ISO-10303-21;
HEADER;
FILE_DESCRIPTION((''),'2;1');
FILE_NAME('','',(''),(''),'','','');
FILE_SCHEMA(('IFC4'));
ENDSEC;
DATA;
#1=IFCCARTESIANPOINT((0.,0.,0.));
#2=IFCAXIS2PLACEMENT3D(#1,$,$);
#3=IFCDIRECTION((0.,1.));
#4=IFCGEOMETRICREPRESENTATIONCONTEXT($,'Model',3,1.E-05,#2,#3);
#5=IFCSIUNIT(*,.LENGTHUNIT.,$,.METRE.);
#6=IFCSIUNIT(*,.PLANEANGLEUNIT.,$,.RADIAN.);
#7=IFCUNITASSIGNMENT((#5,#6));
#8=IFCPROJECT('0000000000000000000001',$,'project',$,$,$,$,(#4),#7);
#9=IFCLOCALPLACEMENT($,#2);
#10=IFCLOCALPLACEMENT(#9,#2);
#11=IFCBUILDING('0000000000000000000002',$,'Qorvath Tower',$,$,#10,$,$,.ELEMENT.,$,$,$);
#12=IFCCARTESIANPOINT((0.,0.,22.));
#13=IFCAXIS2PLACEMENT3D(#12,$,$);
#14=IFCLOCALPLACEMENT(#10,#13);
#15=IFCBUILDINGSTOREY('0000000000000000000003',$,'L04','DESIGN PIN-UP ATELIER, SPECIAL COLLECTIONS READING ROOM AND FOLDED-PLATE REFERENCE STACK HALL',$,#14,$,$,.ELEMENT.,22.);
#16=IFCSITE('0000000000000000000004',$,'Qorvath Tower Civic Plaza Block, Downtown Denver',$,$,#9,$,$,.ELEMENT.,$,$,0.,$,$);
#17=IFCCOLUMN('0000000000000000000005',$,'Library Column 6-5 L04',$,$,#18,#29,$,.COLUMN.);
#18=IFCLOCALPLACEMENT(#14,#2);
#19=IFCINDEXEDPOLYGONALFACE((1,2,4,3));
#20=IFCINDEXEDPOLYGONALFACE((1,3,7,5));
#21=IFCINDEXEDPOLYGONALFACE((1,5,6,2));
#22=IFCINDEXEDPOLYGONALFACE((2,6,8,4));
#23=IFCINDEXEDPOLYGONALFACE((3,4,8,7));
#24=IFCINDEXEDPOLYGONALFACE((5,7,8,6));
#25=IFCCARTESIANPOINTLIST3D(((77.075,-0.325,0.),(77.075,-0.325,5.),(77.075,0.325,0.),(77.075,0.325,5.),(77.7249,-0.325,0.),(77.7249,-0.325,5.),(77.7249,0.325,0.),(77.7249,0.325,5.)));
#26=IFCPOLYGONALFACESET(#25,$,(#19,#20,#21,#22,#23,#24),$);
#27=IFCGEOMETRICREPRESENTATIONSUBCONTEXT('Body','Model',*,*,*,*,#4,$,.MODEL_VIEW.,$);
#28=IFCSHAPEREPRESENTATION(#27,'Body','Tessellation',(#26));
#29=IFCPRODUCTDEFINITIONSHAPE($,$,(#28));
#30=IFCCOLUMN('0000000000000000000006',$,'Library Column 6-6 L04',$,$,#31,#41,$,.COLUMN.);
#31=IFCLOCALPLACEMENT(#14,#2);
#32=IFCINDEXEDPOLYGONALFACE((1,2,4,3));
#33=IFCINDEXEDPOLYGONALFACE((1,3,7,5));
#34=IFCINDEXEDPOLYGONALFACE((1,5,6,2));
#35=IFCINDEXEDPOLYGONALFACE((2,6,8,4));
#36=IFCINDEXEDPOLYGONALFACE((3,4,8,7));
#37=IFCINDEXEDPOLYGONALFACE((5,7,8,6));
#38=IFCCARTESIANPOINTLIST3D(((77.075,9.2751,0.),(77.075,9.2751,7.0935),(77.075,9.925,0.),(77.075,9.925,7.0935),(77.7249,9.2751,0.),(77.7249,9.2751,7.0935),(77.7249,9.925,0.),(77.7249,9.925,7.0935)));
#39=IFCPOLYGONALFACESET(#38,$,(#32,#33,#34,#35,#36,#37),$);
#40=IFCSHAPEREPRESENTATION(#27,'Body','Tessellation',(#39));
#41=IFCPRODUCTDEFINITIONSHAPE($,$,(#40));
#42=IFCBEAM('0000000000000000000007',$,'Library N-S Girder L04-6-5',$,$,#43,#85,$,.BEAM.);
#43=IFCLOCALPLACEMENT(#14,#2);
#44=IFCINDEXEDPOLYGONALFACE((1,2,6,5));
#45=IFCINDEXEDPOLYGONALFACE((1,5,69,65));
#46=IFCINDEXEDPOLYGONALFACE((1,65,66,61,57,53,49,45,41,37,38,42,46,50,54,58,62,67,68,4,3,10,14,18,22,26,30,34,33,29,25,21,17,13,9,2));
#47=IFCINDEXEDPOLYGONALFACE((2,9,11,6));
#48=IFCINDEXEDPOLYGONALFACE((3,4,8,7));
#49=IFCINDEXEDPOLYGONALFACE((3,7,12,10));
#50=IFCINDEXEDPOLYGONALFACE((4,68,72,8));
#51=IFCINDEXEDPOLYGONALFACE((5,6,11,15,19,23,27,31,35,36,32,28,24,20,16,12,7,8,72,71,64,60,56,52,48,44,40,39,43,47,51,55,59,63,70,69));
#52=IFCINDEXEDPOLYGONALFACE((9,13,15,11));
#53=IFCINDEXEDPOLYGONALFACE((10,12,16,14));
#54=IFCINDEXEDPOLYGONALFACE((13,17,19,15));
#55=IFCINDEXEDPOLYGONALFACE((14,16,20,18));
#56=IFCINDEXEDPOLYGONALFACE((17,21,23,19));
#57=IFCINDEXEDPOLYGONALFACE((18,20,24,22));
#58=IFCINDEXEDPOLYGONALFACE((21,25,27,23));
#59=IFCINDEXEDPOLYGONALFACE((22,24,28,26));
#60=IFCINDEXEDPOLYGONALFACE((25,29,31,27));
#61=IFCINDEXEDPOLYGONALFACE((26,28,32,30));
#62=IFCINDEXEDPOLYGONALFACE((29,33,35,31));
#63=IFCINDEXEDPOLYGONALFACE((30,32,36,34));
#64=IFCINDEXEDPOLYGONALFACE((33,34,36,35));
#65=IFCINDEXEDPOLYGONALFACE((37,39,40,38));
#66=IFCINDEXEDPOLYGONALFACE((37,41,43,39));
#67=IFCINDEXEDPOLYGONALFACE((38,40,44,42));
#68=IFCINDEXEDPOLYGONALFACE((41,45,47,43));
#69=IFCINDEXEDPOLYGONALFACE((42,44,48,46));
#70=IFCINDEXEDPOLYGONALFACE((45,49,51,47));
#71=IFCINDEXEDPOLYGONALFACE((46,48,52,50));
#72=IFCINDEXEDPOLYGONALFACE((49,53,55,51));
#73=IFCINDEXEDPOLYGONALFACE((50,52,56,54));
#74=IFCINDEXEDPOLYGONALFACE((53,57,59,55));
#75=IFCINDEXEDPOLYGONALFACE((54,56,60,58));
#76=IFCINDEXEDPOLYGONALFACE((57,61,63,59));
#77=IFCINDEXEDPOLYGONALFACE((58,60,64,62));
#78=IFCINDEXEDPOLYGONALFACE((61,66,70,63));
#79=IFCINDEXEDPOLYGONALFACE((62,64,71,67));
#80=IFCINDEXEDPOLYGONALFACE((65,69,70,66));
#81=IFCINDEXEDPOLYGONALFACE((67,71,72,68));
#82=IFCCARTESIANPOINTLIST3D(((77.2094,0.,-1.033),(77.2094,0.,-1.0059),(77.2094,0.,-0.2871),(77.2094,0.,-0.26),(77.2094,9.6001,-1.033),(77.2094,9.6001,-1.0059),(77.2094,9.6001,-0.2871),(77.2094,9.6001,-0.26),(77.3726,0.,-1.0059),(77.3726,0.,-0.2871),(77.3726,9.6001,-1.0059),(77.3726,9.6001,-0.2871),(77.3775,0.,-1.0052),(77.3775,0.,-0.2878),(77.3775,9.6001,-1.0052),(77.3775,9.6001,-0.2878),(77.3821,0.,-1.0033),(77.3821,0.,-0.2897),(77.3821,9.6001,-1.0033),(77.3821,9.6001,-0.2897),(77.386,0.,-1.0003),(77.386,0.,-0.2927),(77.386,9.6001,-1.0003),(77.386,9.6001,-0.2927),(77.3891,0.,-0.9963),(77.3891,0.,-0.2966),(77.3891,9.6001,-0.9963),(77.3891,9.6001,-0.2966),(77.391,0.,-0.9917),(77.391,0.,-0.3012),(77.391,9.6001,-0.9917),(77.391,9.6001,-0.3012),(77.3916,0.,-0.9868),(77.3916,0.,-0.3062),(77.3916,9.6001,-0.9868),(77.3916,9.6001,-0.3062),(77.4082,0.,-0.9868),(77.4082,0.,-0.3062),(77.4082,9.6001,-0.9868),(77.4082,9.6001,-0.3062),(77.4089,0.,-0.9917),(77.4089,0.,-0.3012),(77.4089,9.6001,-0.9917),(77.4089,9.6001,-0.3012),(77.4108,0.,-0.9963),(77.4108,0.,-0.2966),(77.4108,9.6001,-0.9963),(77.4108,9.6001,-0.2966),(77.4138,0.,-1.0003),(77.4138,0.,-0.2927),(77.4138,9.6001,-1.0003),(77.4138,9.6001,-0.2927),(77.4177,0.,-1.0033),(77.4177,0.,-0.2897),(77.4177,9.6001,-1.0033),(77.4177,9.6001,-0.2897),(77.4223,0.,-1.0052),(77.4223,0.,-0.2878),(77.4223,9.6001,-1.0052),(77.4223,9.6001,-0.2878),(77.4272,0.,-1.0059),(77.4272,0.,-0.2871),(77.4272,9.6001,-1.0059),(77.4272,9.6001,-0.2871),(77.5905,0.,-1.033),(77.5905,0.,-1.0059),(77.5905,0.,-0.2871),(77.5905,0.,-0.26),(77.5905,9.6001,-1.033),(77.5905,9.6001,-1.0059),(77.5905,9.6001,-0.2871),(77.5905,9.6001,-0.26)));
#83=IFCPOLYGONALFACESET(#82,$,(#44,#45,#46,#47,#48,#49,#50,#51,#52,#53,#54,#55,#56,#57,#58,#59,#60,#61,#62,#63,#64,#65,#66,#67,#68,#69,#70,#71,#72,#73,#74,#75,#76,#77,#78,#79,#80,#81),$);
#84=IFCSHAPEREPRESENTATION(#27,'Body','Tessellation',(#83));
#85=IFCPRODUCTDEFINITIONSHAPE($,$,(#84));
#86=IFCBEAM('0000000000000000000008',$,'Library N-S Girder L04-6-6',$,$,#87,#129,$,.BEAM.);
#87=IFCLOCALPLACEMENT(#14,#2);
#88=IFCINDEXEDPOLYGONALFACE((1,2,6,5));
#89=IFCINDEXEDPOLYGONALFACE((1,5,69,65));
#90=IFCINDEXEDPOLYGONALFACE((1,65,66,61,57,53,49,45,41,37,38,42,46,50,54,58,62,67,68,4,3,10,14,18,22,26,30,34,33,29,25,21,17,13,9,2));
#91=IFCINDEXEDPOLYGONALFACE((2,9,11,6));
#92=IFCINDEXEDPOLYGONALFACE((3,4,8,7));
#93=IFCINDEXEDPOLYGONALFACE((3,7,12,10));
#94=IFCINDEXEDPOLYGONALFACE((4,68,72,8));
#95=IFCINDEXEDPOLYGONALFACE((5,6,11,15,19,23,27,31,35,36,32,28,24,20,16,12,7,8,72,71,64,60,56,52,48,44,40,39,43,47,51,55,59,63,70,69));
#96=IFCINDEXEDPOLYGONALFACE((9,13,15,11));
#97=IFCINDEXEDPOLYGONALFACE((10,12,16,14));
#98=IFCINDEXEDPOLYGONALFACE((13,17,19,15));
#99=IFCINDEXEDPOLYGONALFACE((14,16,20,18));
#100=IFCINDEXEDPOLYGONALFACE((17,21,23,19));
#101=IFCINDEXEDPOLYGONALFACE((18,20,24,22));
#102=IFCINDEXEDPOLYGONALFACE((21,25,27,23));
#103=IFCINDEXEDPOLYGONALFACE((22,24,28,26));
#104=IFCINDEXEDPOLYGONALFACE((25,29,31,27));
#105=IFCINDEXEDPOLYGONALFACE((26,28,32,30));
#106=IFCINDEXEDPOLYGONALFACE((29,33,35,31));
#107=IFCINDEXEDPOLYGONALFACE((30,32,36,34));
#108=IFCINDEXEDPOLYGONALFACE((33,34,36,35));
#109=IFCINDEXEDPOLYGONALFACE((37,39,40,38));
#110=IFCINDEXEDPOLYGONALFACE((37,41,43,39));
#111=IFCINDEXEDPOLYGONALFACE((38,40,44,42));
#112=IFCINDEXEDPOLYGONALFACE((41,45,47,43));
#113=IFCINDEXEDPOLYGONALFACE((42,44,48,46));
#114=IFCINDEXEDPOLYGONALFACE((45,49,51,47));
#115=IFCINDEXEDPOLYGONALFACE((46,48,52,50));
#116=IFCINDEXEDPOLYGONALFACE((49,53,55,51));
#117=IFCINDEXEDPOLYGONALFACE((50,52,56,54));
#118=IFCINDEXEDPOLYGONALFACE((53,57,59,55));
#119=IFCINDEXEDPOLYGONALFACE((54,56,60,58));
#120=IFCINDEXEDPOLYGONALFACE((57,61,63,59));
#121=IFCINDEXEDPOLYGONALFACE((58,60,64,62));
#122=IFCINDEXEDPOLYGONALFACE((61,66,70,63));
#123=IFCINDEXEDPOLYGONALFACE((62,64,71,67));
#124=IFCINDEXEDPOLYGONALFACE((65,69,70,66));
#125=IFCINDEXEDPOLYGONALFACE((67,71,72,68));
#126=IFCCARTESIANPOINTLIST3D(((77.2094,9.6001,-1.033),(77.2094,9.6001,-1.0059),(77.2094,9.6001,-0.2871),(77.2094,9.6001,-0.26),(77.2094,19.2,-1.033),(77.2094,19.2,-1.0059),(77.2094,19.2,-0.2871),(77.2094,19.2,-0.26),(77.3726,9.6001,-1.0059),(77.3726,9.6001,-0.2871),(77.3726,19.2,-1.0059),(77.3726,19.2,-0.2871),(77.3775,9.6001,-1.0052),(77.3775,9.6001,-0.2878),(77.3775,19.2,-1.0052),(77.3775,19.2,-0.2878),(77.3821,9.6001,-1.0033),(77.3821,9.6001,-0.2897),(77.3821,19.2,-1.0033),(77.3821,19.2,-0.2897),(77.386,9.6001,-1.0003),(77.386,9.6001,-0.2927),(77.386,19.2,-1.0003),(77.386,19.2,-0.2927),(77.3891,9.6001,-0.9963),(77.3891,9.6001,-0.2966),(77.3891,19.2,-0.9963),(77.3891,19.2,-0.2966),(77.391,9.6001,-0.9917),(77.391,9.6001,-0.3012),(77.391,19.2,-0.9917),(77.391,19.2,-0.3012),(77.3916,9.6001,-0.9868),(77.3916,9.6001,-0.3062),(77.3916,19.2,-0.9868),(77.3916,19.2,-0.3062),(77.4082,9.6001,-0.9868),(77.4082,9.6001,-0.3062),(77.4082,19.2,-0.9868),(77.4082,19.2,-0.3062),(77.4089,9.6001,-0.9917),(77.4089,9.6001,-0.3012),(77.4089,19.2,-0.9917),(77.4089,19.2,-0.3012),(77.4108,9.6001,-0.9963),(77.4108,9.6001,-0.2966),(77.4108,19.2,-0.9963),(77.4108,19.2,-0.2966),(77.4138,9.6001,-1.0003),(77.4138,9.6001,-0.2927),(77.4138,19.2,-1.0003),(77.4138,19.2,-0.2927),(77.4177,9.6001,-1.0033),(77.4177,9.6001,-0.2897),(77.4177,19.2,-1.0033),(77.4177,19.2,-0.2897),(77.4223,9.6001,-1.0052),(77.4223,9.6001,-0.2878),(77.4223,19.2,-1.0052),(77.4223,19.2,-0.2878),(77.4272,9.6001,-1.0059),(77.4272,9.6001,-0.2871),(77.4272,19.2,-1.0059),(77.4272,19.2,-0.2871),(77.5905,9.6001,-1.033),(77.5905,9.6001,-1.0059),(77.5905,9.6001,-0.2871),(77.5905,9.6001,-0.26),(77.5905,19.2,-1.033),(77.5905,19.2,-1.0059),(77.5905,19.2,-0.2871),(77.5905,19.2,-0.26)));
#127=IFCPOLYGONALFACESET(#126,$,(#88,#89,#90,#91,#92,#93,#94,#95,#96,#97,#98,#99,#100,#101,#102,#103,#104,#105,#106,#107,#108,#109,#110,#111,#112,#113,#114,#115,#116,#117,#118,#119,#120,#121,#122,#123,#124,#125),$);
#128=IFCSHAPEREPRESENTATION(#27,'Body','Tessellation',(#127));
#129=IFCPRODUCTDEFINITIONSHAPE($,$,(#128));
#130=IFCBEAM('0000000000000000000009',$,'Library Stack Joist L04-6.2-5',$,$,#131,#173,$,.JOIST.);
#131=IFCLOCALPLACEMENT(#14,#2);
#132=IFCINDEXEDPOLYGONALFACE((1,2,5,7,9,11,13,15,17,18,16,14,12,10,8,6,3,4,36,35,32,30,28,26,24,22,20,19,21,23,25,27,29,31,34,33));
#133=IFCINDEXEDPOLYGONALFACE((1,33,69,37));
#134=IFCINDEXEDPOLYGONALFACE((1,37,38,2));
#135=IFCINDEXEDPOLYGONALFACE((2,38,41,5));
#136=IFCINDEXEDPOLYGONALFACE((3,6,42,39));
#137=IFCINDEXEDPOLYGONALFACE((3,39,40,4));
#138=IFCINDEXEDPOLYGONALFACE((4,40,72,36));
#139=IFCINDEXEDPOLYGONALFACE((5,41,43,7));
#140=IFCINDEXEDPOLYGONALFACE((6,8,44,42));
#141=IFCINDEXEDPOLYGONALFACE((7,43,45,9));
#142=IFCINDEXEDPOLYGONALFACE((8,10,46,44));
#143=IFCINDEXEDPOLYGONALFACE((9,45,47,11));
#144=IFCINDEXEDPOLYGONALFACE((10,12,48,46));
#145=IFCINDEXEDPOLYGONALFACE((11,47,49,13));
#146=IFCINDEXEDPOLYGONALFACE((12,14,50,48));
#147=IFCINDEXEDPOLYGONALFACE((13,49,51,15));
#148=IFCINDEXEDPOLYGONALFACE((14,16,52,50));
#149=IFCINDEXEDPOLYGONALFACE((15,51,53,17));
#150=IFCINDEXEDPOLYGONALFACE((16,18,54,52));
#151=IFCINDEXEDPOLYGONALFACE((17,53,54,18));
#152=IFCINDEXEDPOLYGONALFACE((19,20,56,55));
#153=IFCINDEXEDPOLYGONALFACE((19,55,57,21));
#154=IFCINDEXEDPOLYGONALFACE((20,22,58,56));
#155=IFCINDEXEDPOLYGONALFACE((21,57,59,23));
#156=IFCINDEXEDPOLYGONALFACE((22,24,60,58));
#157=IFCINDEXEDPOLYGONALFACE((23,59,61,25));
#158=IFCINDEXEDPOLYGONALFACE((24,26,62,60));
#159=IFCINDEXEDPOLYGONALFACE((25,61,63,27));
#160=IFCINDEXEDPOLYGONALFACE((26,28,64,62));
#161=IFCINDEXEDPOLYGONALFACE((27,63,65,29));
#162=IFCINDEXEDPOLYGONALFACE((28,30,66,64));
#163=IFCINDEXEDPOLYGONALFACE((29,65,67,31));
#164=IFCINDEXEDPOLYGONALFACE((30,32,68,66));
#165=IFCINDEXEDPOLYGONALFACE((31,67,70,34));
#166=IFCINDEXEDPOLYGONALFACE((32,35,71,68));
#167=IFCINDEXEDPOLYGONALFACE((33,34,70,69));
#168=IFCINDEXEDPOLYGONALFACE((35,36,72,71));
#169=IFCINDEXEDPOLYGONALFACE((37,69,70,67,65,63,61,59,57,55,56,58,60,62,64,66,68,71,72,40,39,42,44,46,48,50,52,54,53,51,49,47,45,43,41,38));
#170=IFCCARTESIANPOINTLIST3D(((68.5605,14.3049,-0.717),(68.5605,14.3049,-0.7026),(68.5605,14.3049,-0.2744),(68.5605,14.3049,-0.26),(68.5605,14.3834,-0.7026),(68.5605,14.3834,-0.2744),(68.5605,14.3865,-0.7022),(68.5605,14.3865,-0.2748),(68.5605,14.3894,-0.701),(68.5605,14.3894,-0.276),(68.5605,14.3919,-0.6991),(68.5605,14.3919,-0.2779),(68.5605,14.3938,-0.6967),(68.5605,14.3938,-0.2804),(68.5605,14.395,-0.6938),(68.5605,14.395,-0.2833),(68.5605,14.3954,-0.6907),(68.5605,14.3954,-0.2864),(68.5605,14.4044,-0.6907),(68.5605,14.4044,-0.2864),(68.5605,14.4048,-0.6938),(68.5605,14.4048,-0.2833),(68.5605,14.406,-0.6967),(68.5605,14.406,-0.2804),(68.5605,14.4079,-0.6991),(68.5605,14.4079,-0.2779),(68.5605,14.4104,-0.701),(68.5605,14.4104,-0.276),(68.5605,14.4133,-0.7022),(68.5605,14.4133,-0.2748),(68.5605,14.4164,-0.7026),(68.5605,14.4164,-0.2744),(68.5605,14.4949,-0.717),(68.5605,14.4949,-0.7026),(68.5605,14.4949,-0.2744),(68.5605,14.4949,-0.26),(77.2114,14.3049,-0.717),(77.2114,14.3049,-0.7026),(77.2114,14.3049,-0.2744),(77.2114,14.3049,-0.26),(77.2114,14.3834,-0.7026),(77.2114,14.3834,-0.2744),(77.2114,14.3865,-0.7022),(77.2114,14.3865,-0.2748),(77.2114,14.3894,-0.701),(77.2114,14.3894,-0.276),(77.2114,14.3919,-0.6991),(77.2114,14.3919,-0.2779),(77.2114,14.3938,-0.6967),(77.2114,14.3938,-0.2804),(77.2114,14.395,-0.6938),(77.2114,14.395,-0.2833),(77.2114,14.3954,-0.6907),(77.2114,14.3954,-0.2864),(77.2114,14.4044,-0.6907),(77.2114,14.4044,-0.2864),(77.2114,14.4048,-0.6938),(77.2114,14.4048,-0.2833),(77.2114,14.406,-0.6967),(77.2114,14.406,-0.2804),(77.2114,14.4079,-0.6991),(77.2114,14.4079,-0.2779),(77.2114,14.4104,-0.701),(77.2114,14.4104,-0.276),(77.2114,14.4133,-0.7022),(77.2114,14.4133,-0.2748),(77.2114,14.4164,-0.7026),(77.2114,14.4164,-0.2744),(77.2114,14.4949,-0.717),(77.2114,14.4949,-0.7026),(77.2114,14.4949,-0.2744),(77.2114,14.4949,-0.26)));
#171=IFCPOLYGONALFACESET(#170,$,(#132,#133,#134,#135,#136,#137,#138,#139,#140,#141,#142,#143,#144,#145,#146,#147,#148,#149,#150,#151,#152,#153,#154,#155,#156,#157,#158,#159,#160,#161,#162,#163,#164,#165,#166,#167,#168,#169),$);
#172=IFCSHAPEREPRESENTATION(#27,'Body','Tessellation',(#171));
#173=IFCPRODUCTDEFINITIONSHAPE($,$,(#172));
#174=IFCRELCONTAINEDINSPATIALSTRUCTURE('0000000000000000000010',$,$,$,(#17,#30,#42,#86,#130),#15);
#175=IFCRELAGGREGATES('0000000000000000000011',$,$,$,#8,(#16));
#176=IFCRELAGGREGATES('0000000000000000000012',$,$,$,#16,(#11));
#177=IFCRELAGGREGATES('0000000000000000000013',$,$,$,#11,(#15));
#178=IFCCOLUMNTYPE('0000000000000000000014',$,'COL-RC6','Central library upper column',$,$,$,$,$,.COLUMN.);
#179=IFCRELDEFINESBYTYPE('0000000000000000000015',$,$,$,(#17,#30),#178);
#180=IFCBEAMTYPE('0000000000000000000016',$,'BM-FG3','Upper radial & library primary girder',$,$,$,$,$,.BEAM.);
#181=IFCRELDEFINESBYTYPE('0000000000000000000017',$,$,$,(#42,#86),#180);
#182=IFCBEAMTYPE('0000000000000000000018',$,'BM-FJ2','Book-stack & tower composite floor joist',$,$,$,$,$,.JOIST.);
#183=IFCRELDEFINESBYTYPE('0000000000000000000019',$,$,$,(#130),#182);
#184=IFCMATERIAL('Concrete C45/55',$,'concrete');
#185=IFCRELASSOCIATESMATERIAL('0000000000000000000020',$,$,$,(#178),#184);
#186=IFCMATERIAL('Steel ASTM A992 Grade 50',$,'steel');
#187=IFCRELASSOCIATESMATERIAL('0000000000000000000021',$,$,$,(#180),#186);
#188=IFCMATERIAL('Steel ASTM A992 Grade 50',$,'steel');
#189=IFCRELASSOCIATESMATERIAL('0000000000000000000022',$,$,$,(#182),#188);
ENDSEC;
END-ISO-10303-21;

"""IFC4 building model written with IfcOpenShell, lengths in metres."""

from ifc_helpers import new_model, si_unit, direction, frame, origin, origin_2d, place, context, subcontext, project, spatial, rectangle, i_section, extrude, material, material_profile, profile_set, type_object, element, save


model = new_model("IFC4")

# Units and contexts
model_context = context("Model", 3, precision=1e-05, world=origin(), true_north=direction((0.0, 1.0)))
body_context = subcontext(model_context, "Body", "Model", "MODEL_VIEW")
ifc_project = project(units=[si_unit("LENGTHUNIT", "METRE"), si_unit("PLANEANGLEUNIT", "RADIAN")], contexts=[model_context])

# Site, building, storey
site_placement = place(None, origin())
site = spatial("IfcSite", under=ifc_project, at=site_placement, Name="Qorvath Tower Civic Plaza Block, Downtown Denver", CompositionType="ELEMENT", RefElevation=0.0)
building_placement = place(site_placement, origin())
building = spatial("IfcBuilding", under=site, at=building_placement, Name="Qorvath Tower", CompositionType="ELEMENT")
storey_placement = place(building_placement, frame((0.0, 0.0, 22.0)))
storey = spatial("IfcBuildingStorey", under=building, at=storey_placement, Name="L04", Description="DESIGN PIN-UP ATELIER, SPECIAL COLLECTIONS READING ROOM AND FOLDED-PLATE REFERENCE STACK HALL", CompositionType="ELEMENT", Elevation=22.0)

# Columns
ifc_material_1 = material(Name="Concrete C45/55", Category="concrete")
ifc_material_profile_1 = material_profile(ifc_material_1, rectangle(XDim=0.6499, YDim=0.6499, at=origin_2d()), Name="RC 650x650")
ifc_profile_set_1 = profile_set([ifc_material_profile_1], Name="Concrete C45/55")
column_type = type_object("IfcColumnType", Name="COL-RC6", Description="Central library upper column", PredefinedType="COLUMN", material=ifc_profile_set_1)
column_1_placement = place(storey_placement, frame((77.3999, 0.0, 0.0), z_axis=(0.0, 0.0, 1.0), x_axis=(1.0, 0.0, 0.0)))
element("IfcColumn", 1, at=column_1_placement, inside=storey, type_object=column_type, Name="Library Column 6-5 L04", PredefinedType="COLUMN", context=body_context, shape_type="SweptSolid", body=[
    extrude(rectangle(XDim=0.6499, YDim=0.6499, at=origin_2d()), origin(), (0.0, 0.0, 1.0), 5.0),
])
column_2_placement = place(storey_placement, frame((77.3999, 9.6001, 0.0), z_axis=(0.0, 0.0, 1.0), x_axis=(1.0, 0.0, 0.0)))
element("IfcColumn", 2, at=column_2_placement, inside=storey, type_object=column_type, Name="Library Column 6-6 L04", PredefinedType="COLUMN", context=body_context, shape_type="SweptSolid", body=[
    extrude(rectangle(XDim=0.6499, YDim=0.6499, at=origin_2d()), origin(), (0.0, 0.0, 1.0), 7.0935),
])

# Beams
ifc_material_2 = material(Name="Steel ASTM A992 Grade 50", Category="steel")
ifc_material_profile_2 = material_profile(ifc_material_2, i_section(OverallWidth=0.3811, OverallDepth=0.7729, WebThickness=0.0166, FlangeThickness=0.0271, FilletRadius=0.019, at=origin_2d()), Name="W30x173")
ifc_profile_set_2 = profile_set([ifc_material_profile_2], Name="Steel ASTM A992 Grade 50")
beam_type_1 = type_object("IfcBeamType", Name="BM-FG3", Description="Upper radial & library primary girder", PredefinedType="BEAM", material=ifc_profile_set_2)
beam_1_placement = place(storey_placement, frame((77.3999, 0.0, -0.6465), z_axis=(0.0, 1.0, 0.0), x_axis=(-1.0, 0.0, 0.0)))
element("IfcBeam", 3, at=beam_1_placement, inside=storey, type_object=beam_type_1, Name="Library N-S Girder L04-6-5", PredefinedType="BEAM", context=body_context, shape_type="SweptSolid", body=[
    extrude(i_section(OverallWidth=0.3811, OverallDepth=0.7729, WebThickness=0.0166, FlangeThickness=0.0271, FilletRadius=0.019, at=origin_2d()), origin(), (0.0, 0.0, 1.0), 9.6001),
])
beam_2_placement = place(storey_placement, frame((77.3999, 9.6001, -0.6465), z_axis=(0.0, 1.0, 0.0), x_axis=(-1.0, 0.0, 0.0)))
element("IfcBeam", 4, at=beam_2_placement, inside=storey, type_object=beam_type_1, Name="Library N-S Girder L04-6-6", PredefinedType="BEAM", context=body_context, shape_type="SweptSolid", body=[
    extrude(i_section(OverallWidth=0.3811, OverallDepth=0.7729, WebThickness=0.0166, FlangeThickness=0.0271, FilletRadius=0.019, at=origin_2d()), origin(), (0.0, 0.0, 1.0), 9.5999),
])
ifc_material_3 = material(Name="Steel ASTM A992 Grade 50", Category="steel")
ifc_material_profile_3 = material_profile(ifc_material_3, i_section(OverallWidth=0.1899, OverallDepth=0.457, WebThickness=0.009, FlangeThickness=0.0144, FilletRadius=0.012, at=origin_2d()), Name="W18x50")
ifc_profile_set_3 = profile_set([ifc_material_profile_3], Name="Steel ASTM A992 Grade 50")
beam_type_2 = type_object("IfcBeamType", Name="BM-FJ2", Description="Book-stack & tower composite floor joist", PredefinedType="JOIST", material=ifc_profile_set_3)
beam_3_placement = place(storey_placement, frame((68.5605, 14.3999, -0.4885), z_axis=(1.0, 0.0, 0.0), x_axis=(0.0, 1.0, 0.0)))
element("IfcBeam", 5, at=beam_3_placement, inside=storey, type_object=beam_type_2, Name="Library Stack Joist L04-6.2-5", PredefinedType="JOIST", context=body_context, shape_type="SweptSolid", body=[
    extrude(i_section(OverallWidth=0.1899, OverallDepth=0.457, WebThickness=0.009, FlangeThickness=0.0144, FilletRadius=0.012, at=origin_2d()), origin(), (0.0, 0.0, 1.0), 8.6509),
])

save(model, "model.ifc")
